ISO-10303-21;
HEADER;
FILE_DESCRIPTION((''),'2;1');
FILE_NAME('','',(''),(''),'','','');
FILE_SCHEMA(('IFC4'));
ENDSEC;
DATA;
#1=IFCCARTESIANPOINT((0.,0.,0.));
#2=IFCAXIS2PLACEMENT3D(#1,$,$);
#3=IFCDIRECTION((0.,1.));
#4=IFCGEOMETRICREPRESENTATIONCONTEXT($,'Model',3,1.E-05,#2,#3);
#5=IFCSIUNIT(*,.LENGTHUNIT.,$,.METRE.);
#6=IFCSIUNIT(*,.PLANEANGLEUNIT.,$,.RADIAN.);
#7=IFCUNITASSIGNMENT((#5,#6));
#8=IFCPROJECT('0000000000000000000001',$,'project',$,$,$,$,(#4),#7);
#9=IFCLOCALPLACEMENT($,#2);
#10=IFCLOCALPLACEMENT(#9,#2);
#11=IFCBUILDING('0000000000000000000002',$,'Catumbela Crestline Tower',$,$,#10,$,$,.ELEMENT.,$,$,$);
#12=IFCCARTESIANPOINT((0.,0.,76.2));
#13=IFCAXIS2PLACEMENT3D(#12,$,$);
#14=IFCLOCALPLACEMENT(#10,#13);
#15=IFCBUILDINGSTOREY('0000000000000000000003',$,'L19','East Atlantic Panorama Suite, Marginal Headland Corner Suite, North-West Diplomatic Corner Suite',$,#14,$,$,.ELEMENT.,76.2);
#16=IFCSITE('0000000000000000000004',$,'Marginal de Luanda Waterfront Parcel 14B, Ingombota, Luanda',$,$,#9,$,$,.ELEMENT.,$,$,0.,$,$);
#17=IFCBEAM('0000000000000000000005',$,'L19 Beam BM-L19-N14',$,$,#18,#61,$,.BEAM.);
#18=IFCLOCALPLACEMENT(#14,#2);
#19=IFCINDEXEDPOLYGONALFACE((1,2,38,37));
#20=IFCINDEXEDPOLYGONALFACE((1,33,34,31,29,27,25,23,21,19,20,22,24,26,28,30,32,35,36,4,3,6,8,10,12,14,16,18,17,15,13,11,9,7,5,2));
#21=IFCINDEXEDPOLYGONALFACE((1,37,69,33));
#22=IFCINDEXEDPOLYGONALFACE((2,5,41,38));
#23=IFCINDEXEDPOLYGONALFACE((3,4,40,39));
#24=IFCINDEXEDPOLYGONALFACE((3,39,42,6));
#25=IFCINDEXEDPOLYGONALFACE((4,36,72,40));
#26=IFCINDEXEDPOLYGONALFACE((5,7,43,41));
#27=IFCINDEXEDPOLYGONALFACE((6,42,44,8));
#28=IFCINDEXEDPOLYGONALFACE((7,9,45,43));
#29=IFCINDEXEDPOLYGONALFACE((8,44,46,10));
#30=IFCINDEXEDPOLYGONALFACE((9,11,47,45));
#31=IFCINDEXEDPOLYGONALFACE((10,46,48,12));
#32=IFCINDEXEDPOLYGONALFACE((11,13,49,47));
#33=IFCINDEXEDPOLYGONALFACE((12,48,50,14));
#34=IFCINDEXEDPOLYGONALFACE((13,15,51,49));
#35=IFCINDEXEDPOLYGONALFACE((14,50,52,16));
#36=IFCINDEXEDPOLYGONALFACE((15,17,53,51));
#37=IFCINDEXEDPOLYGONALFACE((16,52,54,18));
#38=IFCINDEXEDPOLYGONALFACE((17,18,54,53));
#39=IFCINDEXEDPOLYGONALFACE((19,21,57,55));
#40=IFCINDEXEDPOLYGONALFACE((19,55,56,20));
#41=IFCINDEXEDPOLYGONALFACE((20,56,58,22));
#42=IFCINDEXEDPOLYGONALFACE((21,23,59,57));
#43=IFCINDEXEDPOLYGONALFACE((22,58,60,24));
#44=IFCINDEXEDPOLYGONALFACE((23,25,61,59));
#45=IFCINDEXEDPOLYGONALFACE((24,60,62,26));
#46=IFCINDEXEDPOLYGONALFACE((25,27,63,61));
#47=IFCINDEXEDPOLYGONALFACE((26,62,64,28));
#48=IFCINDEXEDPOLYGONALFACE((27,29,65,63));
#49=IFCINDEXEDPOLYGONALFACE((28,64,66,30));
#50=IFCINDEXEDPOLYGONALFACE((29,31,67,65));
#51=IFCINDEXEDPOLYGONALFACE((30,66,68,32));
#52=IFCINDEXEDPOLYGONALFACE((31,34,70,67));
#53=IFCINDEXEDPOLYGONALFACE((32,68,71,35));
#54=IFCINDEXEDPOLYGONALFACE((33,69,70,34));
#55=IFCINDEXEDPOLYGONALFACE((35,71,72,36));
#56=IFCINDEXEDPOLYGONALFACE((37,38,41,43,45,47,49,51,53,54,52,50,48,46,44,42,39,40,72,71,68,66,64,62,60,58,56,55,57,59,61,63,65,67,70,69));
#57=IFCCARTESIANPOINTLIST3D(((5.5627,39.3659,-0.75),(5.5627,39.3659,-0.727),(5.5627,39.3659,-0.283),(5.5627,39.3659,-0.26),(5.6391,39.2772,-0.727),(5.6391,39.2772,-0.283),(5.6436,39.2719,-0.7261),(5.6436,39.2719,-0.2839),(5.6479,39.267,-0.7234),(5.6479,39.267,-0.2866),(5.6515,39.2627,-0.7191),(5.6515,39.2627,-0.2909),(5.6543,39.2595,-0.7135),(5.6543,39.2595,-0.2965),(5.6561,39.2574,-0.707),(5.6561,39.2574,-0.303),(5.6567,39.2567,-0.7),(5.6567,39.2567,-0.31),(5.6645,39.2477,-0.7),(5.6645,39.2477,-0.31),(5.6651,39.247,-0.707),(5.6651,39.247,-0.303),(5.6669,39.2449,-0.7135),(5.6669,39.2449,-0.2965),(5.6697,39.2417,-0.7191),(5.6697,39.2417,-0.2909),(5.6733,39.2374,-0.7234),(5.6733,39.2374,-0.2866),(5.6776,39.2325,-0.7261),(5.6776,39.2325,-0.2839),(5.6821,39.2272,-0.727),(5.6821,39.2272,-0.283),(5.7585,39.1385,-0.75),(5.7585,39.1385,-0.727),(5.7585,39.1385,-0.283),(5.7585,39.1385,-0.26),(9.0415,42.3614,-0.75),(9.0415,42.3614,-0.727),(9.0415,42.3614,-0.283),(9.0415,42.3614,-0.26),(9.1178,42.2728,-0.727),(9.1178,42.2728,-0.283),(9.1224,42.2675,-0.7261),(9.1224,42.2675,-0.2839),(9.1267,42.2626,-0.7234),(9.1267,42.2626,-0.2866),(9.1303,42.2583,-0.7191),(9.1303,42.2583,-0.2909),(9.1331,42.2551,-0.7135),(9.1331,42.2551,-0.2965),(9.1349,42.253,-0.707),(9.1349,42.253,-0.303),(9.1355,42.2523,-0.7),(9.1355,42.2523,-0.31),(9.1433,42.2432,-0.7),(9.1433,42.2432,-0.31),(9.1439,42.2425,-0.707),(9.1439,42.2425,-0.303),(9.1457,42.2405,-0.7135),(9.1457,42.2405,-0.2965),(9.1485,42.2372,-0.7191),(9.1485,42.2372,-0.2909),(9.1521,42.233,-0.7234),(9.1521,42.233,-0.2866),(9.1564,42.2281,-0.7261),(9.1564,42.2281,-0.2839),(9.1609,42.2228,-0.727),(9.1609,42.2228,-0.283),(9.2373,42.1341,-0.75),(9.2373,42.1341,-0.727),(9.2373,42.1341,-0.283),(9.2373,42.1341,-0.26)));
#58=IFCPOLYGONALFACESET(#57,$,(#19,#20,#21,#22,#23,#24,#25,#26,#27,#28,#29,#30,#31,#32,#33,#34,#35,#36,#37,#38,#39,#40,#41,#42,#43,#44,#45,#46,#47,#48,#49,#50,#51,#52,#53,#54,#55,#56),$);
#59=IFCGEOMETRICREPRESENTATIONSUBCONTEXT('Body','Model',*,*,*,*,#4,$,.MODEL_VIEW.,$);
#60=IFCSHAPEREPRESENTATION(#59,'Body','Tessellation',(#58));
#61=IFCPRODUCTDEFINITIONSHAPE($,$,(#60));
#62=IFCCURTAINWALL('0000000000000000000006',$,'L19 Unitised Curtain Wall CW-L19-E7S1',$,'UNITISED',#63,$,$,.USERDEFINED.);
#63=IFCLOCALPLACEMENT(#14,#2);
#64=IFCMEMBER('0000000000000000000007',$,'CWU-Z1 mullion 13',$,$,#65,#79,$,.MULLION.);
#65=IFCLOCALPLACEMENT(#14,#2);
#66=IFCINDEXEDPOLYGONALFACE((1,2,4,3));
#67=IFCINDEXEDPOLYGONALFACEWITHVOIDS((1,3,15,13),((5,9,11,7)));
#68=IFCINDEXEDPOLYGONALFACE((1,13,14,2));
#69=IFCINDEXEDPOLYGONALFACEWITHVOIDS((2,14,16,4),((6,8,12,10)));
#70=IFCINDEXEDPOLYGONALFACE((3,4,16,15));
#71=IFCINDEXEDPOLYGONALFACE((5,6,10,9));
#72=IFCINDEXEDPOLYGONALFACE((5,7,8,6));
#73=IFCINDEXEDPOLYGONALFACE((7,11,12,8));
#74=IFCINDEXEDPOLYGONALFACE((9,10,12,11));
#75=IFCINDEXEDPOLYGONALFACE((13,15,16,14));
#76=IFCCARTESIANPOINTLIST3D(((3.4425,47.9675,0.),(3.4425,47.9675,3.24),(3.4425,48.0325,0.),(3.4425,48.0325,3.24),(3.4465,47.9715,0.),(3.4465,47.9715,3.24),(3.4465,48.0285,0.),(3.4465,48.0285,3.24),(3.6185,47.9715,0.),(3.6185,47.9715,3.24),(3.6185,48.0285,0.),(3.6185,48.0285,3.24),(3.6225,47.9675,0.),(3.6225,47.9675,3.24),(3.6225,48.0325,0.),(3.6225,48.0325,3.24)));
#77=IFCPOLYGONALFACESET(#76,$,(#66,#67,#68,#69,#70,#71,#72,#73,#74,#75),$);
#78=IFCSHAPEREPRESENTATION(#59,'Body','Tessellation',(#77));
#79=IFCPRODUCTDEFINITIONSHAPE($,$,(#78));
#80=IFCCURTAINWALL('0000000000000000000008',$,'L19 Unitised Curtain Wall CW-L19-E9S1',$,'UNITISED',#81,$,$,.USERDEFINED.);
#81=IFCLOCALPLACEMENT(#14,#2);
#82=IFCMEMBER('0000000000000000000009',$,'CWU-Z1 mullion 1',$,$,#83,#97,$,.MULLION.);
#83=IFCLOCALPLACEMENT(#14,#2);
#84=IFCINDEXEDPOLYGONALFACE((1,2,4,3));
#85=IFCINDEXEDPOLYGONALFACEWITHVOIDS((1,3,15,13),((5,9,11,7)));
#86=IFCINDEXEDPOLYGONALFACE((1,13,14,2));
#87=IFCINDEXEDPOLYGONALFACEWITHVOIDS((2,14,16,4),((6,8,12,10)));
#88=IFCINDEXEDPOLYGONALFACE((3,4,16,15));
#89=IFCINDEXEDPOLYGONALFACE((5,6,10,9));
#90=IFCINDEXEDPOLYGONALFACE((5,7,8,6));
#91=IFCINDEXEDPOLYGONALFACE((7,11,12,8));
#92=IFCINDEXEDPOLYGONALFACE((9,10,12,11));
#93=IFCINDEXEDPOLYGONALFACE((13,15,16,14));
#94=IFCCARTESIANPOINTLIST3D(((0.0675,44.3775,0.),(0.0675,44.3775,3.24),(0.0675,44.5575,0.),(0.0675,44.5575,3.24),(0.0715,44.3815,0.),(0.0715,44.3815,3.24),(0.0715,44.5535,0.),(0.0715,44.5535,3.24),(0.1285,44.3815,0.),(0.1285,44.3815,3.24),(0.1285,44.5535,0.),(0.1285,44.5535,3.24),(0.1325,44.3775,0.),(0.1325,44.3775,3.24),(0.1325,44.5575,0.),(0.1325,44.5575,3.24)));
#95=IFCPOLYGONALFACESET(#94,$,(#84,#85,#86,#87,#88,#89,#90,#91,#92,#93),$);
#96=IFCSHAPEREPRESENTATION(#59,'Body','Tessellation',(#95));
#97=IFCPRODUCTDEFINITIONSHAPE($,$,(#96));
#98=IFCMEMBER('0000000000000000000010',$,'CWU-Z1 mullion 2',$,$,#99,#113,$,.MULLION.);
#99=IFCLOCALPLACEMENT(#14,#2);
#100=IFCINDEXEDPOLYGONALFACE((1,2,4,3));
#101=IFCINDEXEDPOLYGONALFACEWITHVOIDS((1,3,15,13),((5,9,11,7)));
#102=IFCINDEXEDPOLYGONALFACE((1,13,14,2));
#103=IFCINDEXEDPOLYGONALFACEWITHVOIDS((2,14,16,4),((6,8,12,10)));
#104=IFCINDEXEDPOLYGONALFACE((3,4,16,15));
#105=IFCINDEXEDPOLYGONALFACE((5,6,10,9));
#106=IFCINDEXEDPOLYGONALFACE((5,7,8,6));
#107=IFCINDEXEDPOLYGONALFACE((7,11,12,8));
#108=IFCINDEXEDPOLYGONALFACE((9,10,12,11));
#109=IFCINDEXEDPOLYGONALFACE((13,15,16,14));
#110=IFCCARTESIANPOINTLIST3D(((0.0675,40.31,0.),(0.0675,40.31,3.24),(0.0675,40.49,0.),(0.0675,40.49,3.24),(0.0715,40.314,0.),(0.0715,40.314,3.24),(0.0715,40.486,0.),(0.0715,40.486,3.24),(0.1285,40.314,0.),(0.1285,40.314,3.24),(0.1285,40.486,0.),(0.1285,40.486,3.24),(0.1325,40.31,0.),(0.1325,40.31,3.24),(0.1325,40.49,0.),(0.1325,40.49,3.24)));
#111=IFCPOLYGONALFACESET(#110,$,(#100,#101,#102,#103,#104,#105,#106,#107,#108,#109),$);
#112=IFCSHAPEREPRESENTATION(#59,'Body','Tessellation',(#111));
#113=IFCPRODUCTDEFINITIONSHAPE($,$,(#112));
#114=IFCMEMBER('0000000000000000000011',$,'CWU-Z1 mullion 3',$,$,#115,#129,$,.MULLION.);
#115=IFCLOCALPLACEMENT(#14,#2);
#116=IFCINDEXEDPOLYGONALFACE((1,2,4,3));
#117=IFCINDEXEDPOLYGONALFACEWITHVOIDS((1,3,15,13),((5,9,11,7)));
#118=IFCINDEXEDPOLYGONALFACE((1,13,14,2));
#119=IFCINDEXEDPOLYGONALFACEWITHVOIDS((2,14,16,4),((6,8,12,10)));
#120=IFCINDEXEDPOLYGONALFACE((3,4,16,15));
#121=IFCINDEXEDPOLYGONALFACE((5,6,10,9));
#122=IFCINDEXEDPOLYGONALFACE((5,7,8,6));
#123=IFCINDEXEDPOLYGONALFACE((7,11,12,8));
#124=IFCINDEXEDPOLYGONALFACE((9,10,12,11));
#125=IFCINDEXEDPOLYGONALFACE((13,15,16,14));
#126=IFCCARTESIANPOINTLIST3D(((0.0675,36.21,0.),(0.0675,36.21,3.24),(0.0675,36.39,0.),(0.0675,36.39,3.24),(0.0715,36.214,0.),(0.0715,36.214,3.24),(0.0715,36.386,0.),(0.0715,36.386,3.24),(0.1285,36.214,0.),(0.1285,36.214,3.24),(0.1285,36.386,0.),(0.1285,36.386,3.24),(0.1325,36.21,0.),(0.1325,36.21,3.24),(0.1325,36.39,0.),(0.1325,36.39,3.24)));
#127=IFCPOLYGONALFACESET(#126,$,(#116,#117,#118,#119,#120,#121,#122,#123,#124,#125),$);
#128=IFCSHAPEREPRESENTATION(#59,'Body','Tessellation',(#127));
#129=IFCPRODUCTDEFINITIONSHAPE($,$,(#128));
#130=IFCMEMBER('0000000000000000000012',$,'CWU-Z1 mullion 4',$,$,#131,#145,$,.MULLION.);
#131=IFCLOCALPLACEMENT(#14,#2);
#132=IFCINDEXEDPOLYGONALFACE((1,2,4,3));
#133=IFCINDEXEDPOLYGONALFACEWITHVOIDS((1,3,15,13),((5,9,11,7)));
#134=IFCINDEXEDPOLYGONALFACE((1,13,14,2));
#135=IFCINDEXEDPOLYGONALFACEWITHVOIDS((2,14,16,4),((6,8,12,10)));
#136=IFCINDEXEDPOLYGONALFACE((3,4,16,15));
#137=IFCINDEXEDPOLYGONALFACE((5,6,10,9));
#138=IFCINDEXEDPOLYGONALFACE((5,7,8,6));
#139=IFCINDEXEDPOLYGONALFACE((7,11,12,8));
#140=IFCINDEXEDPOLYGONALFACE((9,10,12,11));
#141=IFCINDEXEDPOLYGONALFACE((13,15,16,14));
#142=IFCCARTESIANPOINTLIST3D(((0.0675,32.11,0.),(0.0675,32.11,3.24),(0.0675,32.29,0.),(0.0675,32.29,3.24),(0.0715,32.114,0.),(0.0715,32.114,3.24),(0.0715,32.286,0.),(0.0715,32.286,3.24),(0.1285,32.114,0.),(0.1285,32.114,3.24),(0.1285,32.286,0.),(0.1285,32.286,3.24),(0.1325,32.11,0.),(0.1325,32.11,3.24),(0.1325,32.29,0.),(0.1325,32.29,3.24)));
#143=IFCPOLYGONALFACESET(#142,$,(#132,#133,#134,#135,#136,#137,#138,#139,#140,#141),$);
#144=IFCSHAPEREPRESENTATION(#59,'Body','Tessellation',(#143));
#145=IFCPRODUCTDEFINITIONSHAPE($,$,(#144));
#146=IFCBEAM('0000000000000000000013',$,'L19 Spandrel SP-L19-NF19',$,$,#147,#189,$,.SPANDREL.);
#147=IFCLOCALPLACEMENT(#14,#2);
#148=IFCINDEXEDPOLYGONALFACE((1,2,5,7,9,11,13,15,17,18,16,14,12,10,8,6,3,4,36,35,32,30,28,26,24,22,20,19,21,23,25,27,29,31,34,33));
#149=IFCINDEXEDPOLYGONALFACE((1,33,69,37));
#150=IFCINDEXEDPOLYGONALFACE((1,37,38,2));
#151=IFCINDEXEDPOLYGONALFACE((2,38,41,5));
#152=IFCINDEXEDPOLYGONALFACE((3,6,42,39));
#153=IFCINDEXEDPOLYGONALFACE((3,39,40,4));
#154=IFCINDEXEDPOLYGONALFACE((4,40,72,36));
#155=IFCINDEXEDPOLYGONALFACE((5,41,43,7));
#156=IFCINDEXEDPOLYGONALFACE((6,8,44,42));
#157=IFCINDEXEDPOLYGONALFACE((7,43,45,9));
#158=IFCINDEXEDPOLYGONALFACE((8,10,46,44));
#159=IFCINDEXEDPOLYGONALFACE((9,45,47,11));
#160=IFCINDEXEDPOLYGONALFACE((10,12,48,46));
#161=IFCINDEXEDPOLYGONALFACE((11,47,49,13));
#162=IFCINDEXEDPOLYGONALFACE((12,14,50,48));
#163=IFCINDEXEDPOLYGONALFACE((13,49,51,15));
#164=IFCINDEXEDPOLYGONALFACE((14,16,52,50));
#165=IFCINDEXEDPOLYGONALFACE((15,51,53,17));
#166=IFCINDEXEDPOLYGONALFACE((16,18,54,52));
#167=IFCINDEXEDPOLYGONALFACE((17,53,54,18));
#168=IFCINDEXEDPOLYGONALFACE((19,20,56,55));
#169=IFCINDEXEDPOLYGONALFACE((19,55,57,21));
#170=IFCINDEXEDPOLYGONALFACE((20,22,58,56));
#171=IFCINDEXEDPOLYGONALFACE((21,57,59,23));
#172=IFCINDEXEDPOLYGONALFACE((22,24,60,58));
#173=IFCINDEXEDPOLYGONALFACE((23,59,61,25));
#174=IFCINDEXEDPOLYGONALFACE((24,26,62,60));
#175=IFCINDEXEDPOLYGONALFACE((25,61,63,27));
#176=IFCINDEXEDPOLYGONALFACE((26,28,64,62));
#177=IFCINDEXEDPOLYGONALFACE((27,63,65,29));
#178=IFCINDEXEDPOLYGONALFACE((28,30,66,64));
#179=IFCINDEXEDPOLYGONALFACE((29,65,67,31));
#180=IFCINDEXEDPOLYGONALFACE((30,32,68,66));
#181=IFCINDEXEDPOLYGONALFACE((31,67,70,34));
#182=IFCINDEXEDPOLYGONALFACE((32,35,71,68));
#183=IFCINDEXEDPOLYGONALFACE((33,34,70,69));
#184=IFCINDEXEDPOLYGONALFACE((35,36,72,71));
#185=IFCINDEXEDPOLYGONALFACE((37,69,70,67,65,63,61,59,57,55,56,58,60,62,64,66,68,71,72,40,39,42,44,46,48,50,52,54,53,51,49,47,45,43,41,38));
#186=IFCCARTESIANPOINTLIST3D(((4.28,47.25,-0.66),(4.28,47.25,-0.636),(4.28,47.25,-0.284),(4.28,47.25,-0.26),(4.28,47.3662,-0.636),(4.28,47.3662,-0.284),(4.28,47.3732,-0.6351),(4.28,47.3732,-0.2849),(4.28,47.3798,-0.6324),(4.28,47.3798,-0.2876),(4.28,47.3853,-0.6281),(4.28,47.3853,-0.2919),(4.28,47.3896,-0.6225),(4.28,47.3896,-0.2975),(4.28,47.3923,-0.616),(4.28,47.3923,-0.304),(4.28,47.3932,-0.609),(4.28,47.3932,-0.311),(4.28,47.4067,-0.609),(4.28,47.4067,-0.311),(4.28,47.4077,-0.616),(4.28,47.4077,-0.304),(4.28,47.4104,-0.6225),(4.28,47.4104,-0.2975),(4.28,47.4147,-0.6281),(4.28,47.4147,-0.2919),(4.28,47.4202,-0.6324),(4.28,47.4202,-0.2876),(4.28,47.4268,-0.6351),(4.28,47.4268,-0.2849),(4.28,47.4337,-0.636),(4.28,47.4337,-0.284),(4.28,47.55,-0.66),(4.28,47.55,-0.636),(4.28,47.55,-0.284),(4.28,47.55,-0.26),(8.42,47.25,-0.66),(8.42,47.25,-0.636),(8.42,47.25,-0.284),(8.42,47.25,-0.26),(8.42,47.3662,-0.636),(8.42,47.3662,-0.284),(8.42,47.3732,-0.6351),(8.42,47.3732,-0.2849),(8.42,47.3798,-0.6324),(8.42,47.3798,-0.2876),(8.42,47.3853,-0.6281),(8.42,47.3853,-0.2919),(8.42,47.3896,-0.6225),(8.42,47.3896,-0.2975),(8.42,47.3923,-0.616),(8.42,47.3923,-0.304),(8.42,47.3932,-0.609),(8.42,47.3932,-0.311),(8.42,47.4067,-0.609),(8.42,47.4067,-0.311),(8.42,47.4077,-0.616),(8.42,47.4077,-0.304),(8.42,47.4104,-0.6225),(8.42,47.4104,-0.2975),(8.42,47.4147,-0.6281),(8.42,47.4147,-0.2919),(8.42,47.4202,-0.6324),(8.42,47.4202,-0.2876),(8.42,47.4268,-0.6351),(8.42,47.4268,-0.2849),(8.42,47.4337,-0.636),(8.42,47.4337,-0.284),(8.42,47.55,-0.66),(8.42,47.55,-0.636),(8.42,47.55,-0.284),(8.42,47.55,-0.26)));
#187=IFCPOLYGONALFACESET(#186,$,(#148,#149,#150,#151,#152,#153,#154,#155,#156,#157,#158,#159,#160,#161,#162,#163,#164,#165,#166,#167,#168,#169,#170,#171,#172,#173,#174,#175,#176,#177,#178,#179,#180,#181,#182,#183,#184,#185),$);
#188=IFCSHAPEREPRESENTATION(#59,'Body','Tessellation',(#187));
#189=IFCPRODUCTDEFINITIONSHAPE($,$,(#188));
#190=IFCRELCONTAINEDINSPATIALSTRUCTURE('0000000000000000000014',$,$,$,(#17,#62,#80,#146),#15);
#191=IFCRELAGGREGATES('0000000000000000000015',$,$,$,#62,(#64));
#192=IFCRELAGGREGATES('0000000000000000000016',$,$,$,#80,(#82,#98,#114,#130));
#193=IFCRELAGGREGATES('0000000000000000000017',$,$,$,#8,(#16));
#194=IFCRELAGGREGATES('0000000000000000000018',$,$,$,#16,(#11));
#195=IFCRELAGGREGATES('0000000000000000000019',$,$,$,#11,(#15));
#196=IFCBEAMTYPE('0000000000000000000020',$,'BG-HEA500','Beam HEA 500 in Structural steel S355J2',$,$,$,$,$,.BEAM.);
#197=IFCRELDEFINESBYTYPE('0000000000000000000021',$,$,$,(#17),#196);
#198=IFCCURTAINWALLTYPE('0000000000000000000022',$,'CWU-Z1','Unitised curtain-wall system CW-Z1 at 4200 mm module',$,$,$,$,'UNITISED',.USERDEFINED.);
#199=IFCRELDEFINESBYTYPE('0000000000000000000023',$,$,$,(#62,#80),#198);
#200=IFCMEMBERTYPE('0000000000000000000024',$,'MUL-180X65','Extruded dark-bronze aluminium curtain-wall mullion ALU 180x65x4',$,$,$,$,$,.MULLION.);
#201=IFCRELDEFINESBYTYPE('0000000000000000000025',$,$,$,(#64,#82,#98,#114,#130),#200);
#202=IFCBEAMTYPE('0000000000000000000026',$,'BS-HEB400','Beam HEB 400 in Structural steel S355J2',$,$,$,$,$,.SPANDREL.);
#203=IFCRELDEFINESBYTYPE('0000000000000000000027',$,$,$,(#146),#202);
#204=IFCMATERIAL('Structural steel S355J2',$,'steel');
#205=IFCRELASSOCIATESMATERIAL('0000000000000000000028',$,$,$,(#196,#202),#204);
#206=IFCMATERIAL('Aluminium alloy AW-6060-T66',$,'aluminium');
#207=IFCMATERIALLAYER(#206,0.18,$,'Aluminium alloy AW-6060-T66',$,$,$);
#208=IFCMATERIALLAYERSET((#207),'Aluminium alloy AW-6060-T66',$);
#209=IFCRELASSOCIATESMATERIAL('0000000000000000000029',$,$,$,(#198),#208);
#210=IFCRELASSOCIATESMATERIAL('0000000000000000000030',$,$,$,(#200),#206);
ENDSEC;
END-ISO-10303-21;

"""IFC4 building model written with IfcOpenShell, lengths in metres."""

from ifc_helpers import new_model, si_unit, direction, frame, origin, origin_2d, place, context, subcontext, project, spatial, hollow_rectangle, i_section, extrude, material, layer, layer_set, material_profile, profile_set, type_object, element, aggregate, save


model = new_model("IFC4")

# Units and contexts
model_context = context("Model", 3, precision=1e-05, world=origin(), true_north=direction((0.0, 1.0)))
body_context = subcontext(model_context, "Body", "Model", "MODEL_VIEW")
ifc_project = project(units=[si_unit("LENGTHUNIT", "METRE"), si_unit("PLANEANGLEUNIT", "RADIAN")], contexts=[model_context])

# Site, building, storey
site_placement = place(None, origin())
site = spatial("IfcSite", under=ifc_project, at=site_placement, Name="Marginal de Luanda Waterfront Parcel 14B, Ingombota, Luanda", CompositionType="ELEMENT", RefElevation=0.0)
building_placement = place(site_placement, origin())
building = spatial("IfcBuilding", under=site, at=building_placement, Name="Catumbela Crestline Tower", CompositionType="ELEMENT")
storey_placement = place(building_placement, frame((0.0, 0.0, 76.2)))
storey = spatial("IfcBuildingStorey", under=building, at=storey_placement, Name="L19", Description="East Atlantic Panorama Suite, Marginal Headland Corner Suite, North-West Diplomatic Corner Suite", CompositionType="ELEMENT", Elevation=76.2)

# Beam
ifc_material_1 = material(Name="Structural steel S355J2", Category="steel")
ifc_material_profile_1 = material_profile(ifc_material_1, i_section(OverallWidth=0.3, OverallDepth=0.49, WebThickness=0.012, FlangeThickness=0.023, FilletRadius=0.027, at=origin_2d()), Name="HEA 500")
ifc_profile_set_1 = profile_set([ifc_material_profile_1], Name="Structural steel S355J2")
beam_type_1 = type_object("IfcBeamType", Name="BG-HEA500", Description="Beam HEA 500 in Structural steel S355J2", PredefinedType="BEAM", material=ifc_profile_set_1)
beam_1_placement = place(storey_placement, frame((5.6606, 39.2522, -0.505), z_axis=(0.757772, 0.652519, 0.0), x_axis=(-0.652519, 0.757772, 0.0)))
element("IfcBeam", 1, at=beam_1_placement, inside=storey, type_object=beam_type_1, Name="L19 Beam BM-L19-N14", PredefinedType="BEAM", context=body_context, shape_type="SweptSolid", body=[
    extrude(i_section(OverallWidth=0.3, OverallDepth=0.49, WebThickness=0.012, FlangeThickness=0.023, FilletRadius=0.027, at=origin_2d()), origin(), (0.0, 0.0, 1.0), 4.5908),
])

# Curtain wall, member
ifc_material_2 = material(Name="Aluminium alloy AW-6060-T66", Category="aluminium")
ifc_layer_1 = layer(ifc_material_2, 0.18, Name="Aluminium alloy AW-6060-T66")
ifc_layer_set_1 = layer_set([ifc_layer_1], Name="Aluminium alloy AW-6060-T66")
curtain_wall_type = type_object("IfcCurtainWallType", Name="CWU-Z1", Description="Unitised curtain-wall system CW-Z1 at 4200 mm module", ElementType="UNITISED", PredefinedType="USERDEFINED", material=ifc_layer_set_1)
curtain_wall_1_placement = place(storey_placement, origin())
curtain_wall_1 = element("IfcCurtainWall", 2, at=curtain_wall_1_placement, inside=storey, type_object=curtain_wall_type, Name="L19 Unitised Curtain Wall CW-L19-E7S1", ObjectType="UNITISED", PredefinedType="USERDEFINED")
ifc_material_profile_2 = material_profile(ifc_material_2, hollow_rectangle(XDim=0.065, YDim=0.18, WallThickness=0.004, at=origin_2d()), Name="ALU 180x65x4")
ifc_profile_set_2 = profile_set([ifc_material_profile_2], Name="Aluminium alloy AW-6060-T66")
member_type_1 = type_object("IfcMemberType", Name="MUL-180X65", Description="Extruded dark-bronze aluminium curtain-wall mullion ALU 180x65x4", PredefinedType="MULLION", material=ifc_profile_set_2)
member_1_placement = place(storey_placement, frame((3.5325, 48.0, 0.0), z_axis=(0.0, 0.0, 1.0), x_axis=(0.0, -1.0, 0.0)))
member_1 = element("IfcMember", 3, at=member_1_placement, type_object=member_type_1, Name="CWU-Z1 mullion 13", PredefinedType="MULLION", context=body_context, shape_type="SweptSolid", body=[
    extrude(hollow_rectangle(XDim=0.065, YDim=0.18, WallThickness=0.004, at=origin_2d()), origin(), (0.0, 0.0, 1.0), 3.24),
])

# Curtain wall, members
curtain_wall_2_placement = place(storey_placement, origin())
curtain_wall_2 = element("IfcCurtainWall", 4, at=curtain_wall_2_placement, inside=storey, type_object=curtain_wall_type, Name="L19 Unitised Curtain Wall CW-L19-E9S1", ObjectType="UNITISED", PredefinedType="USERDEFINED")
member_2_placement = place(storey_placement, frame((0.1, 44.4675, 0.0), z_axis=(0.0, 0.0, 1.0), x_axis=(1.0, 0.0, 0.0)))
member_2 = element("IfcMember", 5, at=member_2_placement, type_object=member_type_1, Name="CWU-Z1 mullion 1", PredefinedType="MULLION", context=body_context, shape_type="SweptSolid", body=[
    extrude(hollow_rectangle(XDim=0.065, YDim=0.18, WallThickness=0.004, at=origin_2d()), origin(), (0.0, 0.0, 1.0), 3.24),
])
member_3_placement = place(storey_placement, frame((0.1, 40.4, 0.0), z_axis=(0.0, 0.0, 1.0), x_axis=(1.0, 0.0, 0.0)))
member_3 = element("IfcMember", 6, at=member_3_placement, type_object=member_type_1, Name="CWU-Z1 mullion 2", PredefinedType="MULLION", context=body_context, shape_type="SweptSolid", body=[
    extrude(hollow_rectangle(XDim=0.065, YDim=0.18, WallThickness=0.004, at=origin_2d()), origin(), (0.0, 0.0, 1.0), 3.24),
])
member_4_placement = place(storey_placement, frame((0.1, 36.3, 0.0), z_axis=(0.0, 0.0, 1.0), x_axis=(1.0, 0.0, 0.0)))
member_4 = element("IfcMember", 7, at=member_4_placement, type_object=member_type_1, Name="CWU-Z1 mullion 3", PredefinedType="MULLION", context=body_context, shape_type="SweptSolid", body=[
    extrude(hollow_rectangle(XDim=0.065, YDim=0.18, WallThickness=0.004, at=origin_2d()), origin(), (0.0, 0.0, 1.0), 3.24),
])
member_5_placement = place(storey_placement, frame((0.1, 32.2, 0.0), z_axis=(0.0, 0.0, 1.0), x_axis=(1.0, 0.0, 0.0)))
member_5 = element("IfcMember", 8, at=member_5_placement, type_object=member_type_1, Name="CWU-Z1 mullion 4", PredefinedType="MULLION", context=body_context, shape_type="SweptSolid", body=[
    extrude(hollow_rectangle(XDim=0.065, YDim=0.18, WallThickness=0.004, at=origin_2d()), origin(), (0.0, 0.0, 1.0), 3.24),
])

# Beam
ifc_material_profile_3 = material_profile(ifc_material_1, i_section(OverallWidth=0.3, OverallDepth=0.4, WebThickness=0.0135, FlangeThickness=0.024, FilletRadius=0.027, at=origin_2d()), Name="HEB 400")
ifc_profile_set_3 = profile_set([ifc_material_profile_3], Name="Structural steel S355J2")
beam_type_2 = type_object("IfcBeamType", Name="BS-HEB400", Description="Beam HEB 400 in Structural steel S355J2", PredefinedType="SPANDREL", material=ifc_profile_set_3)
beam_2_placement = place(storey_placement, frame((4.28, 47.4, -0.46), z_axis=(1.0, 0.0, 0.0), x_axis=(0.0, 1.0, 0.0)))
element("IfcBeam", 9, at=beam_2_placement, inside=storey, type_object=beam_type_2, Name="L19 Spandrel SP-L19-NF19", PredefinedType="SPANDREL", context=body_context, shape_type="SweptSolid", body=[
    extrude(i_section(OverallWidth=0.3, OverallDepth=0.4, WebThickness=0.0135, FlangeThickness=0.024, FilletRadius=0.027, at=origin_2d()), origin(), (0.0, 0.0, 1.0), 4.14),
])

aggregate(curtain_wall_1, [member_1])
aggregate(curtain_wall_2, [member_2, member_3, member_4, member_5])

save(model, "model.ifc")
